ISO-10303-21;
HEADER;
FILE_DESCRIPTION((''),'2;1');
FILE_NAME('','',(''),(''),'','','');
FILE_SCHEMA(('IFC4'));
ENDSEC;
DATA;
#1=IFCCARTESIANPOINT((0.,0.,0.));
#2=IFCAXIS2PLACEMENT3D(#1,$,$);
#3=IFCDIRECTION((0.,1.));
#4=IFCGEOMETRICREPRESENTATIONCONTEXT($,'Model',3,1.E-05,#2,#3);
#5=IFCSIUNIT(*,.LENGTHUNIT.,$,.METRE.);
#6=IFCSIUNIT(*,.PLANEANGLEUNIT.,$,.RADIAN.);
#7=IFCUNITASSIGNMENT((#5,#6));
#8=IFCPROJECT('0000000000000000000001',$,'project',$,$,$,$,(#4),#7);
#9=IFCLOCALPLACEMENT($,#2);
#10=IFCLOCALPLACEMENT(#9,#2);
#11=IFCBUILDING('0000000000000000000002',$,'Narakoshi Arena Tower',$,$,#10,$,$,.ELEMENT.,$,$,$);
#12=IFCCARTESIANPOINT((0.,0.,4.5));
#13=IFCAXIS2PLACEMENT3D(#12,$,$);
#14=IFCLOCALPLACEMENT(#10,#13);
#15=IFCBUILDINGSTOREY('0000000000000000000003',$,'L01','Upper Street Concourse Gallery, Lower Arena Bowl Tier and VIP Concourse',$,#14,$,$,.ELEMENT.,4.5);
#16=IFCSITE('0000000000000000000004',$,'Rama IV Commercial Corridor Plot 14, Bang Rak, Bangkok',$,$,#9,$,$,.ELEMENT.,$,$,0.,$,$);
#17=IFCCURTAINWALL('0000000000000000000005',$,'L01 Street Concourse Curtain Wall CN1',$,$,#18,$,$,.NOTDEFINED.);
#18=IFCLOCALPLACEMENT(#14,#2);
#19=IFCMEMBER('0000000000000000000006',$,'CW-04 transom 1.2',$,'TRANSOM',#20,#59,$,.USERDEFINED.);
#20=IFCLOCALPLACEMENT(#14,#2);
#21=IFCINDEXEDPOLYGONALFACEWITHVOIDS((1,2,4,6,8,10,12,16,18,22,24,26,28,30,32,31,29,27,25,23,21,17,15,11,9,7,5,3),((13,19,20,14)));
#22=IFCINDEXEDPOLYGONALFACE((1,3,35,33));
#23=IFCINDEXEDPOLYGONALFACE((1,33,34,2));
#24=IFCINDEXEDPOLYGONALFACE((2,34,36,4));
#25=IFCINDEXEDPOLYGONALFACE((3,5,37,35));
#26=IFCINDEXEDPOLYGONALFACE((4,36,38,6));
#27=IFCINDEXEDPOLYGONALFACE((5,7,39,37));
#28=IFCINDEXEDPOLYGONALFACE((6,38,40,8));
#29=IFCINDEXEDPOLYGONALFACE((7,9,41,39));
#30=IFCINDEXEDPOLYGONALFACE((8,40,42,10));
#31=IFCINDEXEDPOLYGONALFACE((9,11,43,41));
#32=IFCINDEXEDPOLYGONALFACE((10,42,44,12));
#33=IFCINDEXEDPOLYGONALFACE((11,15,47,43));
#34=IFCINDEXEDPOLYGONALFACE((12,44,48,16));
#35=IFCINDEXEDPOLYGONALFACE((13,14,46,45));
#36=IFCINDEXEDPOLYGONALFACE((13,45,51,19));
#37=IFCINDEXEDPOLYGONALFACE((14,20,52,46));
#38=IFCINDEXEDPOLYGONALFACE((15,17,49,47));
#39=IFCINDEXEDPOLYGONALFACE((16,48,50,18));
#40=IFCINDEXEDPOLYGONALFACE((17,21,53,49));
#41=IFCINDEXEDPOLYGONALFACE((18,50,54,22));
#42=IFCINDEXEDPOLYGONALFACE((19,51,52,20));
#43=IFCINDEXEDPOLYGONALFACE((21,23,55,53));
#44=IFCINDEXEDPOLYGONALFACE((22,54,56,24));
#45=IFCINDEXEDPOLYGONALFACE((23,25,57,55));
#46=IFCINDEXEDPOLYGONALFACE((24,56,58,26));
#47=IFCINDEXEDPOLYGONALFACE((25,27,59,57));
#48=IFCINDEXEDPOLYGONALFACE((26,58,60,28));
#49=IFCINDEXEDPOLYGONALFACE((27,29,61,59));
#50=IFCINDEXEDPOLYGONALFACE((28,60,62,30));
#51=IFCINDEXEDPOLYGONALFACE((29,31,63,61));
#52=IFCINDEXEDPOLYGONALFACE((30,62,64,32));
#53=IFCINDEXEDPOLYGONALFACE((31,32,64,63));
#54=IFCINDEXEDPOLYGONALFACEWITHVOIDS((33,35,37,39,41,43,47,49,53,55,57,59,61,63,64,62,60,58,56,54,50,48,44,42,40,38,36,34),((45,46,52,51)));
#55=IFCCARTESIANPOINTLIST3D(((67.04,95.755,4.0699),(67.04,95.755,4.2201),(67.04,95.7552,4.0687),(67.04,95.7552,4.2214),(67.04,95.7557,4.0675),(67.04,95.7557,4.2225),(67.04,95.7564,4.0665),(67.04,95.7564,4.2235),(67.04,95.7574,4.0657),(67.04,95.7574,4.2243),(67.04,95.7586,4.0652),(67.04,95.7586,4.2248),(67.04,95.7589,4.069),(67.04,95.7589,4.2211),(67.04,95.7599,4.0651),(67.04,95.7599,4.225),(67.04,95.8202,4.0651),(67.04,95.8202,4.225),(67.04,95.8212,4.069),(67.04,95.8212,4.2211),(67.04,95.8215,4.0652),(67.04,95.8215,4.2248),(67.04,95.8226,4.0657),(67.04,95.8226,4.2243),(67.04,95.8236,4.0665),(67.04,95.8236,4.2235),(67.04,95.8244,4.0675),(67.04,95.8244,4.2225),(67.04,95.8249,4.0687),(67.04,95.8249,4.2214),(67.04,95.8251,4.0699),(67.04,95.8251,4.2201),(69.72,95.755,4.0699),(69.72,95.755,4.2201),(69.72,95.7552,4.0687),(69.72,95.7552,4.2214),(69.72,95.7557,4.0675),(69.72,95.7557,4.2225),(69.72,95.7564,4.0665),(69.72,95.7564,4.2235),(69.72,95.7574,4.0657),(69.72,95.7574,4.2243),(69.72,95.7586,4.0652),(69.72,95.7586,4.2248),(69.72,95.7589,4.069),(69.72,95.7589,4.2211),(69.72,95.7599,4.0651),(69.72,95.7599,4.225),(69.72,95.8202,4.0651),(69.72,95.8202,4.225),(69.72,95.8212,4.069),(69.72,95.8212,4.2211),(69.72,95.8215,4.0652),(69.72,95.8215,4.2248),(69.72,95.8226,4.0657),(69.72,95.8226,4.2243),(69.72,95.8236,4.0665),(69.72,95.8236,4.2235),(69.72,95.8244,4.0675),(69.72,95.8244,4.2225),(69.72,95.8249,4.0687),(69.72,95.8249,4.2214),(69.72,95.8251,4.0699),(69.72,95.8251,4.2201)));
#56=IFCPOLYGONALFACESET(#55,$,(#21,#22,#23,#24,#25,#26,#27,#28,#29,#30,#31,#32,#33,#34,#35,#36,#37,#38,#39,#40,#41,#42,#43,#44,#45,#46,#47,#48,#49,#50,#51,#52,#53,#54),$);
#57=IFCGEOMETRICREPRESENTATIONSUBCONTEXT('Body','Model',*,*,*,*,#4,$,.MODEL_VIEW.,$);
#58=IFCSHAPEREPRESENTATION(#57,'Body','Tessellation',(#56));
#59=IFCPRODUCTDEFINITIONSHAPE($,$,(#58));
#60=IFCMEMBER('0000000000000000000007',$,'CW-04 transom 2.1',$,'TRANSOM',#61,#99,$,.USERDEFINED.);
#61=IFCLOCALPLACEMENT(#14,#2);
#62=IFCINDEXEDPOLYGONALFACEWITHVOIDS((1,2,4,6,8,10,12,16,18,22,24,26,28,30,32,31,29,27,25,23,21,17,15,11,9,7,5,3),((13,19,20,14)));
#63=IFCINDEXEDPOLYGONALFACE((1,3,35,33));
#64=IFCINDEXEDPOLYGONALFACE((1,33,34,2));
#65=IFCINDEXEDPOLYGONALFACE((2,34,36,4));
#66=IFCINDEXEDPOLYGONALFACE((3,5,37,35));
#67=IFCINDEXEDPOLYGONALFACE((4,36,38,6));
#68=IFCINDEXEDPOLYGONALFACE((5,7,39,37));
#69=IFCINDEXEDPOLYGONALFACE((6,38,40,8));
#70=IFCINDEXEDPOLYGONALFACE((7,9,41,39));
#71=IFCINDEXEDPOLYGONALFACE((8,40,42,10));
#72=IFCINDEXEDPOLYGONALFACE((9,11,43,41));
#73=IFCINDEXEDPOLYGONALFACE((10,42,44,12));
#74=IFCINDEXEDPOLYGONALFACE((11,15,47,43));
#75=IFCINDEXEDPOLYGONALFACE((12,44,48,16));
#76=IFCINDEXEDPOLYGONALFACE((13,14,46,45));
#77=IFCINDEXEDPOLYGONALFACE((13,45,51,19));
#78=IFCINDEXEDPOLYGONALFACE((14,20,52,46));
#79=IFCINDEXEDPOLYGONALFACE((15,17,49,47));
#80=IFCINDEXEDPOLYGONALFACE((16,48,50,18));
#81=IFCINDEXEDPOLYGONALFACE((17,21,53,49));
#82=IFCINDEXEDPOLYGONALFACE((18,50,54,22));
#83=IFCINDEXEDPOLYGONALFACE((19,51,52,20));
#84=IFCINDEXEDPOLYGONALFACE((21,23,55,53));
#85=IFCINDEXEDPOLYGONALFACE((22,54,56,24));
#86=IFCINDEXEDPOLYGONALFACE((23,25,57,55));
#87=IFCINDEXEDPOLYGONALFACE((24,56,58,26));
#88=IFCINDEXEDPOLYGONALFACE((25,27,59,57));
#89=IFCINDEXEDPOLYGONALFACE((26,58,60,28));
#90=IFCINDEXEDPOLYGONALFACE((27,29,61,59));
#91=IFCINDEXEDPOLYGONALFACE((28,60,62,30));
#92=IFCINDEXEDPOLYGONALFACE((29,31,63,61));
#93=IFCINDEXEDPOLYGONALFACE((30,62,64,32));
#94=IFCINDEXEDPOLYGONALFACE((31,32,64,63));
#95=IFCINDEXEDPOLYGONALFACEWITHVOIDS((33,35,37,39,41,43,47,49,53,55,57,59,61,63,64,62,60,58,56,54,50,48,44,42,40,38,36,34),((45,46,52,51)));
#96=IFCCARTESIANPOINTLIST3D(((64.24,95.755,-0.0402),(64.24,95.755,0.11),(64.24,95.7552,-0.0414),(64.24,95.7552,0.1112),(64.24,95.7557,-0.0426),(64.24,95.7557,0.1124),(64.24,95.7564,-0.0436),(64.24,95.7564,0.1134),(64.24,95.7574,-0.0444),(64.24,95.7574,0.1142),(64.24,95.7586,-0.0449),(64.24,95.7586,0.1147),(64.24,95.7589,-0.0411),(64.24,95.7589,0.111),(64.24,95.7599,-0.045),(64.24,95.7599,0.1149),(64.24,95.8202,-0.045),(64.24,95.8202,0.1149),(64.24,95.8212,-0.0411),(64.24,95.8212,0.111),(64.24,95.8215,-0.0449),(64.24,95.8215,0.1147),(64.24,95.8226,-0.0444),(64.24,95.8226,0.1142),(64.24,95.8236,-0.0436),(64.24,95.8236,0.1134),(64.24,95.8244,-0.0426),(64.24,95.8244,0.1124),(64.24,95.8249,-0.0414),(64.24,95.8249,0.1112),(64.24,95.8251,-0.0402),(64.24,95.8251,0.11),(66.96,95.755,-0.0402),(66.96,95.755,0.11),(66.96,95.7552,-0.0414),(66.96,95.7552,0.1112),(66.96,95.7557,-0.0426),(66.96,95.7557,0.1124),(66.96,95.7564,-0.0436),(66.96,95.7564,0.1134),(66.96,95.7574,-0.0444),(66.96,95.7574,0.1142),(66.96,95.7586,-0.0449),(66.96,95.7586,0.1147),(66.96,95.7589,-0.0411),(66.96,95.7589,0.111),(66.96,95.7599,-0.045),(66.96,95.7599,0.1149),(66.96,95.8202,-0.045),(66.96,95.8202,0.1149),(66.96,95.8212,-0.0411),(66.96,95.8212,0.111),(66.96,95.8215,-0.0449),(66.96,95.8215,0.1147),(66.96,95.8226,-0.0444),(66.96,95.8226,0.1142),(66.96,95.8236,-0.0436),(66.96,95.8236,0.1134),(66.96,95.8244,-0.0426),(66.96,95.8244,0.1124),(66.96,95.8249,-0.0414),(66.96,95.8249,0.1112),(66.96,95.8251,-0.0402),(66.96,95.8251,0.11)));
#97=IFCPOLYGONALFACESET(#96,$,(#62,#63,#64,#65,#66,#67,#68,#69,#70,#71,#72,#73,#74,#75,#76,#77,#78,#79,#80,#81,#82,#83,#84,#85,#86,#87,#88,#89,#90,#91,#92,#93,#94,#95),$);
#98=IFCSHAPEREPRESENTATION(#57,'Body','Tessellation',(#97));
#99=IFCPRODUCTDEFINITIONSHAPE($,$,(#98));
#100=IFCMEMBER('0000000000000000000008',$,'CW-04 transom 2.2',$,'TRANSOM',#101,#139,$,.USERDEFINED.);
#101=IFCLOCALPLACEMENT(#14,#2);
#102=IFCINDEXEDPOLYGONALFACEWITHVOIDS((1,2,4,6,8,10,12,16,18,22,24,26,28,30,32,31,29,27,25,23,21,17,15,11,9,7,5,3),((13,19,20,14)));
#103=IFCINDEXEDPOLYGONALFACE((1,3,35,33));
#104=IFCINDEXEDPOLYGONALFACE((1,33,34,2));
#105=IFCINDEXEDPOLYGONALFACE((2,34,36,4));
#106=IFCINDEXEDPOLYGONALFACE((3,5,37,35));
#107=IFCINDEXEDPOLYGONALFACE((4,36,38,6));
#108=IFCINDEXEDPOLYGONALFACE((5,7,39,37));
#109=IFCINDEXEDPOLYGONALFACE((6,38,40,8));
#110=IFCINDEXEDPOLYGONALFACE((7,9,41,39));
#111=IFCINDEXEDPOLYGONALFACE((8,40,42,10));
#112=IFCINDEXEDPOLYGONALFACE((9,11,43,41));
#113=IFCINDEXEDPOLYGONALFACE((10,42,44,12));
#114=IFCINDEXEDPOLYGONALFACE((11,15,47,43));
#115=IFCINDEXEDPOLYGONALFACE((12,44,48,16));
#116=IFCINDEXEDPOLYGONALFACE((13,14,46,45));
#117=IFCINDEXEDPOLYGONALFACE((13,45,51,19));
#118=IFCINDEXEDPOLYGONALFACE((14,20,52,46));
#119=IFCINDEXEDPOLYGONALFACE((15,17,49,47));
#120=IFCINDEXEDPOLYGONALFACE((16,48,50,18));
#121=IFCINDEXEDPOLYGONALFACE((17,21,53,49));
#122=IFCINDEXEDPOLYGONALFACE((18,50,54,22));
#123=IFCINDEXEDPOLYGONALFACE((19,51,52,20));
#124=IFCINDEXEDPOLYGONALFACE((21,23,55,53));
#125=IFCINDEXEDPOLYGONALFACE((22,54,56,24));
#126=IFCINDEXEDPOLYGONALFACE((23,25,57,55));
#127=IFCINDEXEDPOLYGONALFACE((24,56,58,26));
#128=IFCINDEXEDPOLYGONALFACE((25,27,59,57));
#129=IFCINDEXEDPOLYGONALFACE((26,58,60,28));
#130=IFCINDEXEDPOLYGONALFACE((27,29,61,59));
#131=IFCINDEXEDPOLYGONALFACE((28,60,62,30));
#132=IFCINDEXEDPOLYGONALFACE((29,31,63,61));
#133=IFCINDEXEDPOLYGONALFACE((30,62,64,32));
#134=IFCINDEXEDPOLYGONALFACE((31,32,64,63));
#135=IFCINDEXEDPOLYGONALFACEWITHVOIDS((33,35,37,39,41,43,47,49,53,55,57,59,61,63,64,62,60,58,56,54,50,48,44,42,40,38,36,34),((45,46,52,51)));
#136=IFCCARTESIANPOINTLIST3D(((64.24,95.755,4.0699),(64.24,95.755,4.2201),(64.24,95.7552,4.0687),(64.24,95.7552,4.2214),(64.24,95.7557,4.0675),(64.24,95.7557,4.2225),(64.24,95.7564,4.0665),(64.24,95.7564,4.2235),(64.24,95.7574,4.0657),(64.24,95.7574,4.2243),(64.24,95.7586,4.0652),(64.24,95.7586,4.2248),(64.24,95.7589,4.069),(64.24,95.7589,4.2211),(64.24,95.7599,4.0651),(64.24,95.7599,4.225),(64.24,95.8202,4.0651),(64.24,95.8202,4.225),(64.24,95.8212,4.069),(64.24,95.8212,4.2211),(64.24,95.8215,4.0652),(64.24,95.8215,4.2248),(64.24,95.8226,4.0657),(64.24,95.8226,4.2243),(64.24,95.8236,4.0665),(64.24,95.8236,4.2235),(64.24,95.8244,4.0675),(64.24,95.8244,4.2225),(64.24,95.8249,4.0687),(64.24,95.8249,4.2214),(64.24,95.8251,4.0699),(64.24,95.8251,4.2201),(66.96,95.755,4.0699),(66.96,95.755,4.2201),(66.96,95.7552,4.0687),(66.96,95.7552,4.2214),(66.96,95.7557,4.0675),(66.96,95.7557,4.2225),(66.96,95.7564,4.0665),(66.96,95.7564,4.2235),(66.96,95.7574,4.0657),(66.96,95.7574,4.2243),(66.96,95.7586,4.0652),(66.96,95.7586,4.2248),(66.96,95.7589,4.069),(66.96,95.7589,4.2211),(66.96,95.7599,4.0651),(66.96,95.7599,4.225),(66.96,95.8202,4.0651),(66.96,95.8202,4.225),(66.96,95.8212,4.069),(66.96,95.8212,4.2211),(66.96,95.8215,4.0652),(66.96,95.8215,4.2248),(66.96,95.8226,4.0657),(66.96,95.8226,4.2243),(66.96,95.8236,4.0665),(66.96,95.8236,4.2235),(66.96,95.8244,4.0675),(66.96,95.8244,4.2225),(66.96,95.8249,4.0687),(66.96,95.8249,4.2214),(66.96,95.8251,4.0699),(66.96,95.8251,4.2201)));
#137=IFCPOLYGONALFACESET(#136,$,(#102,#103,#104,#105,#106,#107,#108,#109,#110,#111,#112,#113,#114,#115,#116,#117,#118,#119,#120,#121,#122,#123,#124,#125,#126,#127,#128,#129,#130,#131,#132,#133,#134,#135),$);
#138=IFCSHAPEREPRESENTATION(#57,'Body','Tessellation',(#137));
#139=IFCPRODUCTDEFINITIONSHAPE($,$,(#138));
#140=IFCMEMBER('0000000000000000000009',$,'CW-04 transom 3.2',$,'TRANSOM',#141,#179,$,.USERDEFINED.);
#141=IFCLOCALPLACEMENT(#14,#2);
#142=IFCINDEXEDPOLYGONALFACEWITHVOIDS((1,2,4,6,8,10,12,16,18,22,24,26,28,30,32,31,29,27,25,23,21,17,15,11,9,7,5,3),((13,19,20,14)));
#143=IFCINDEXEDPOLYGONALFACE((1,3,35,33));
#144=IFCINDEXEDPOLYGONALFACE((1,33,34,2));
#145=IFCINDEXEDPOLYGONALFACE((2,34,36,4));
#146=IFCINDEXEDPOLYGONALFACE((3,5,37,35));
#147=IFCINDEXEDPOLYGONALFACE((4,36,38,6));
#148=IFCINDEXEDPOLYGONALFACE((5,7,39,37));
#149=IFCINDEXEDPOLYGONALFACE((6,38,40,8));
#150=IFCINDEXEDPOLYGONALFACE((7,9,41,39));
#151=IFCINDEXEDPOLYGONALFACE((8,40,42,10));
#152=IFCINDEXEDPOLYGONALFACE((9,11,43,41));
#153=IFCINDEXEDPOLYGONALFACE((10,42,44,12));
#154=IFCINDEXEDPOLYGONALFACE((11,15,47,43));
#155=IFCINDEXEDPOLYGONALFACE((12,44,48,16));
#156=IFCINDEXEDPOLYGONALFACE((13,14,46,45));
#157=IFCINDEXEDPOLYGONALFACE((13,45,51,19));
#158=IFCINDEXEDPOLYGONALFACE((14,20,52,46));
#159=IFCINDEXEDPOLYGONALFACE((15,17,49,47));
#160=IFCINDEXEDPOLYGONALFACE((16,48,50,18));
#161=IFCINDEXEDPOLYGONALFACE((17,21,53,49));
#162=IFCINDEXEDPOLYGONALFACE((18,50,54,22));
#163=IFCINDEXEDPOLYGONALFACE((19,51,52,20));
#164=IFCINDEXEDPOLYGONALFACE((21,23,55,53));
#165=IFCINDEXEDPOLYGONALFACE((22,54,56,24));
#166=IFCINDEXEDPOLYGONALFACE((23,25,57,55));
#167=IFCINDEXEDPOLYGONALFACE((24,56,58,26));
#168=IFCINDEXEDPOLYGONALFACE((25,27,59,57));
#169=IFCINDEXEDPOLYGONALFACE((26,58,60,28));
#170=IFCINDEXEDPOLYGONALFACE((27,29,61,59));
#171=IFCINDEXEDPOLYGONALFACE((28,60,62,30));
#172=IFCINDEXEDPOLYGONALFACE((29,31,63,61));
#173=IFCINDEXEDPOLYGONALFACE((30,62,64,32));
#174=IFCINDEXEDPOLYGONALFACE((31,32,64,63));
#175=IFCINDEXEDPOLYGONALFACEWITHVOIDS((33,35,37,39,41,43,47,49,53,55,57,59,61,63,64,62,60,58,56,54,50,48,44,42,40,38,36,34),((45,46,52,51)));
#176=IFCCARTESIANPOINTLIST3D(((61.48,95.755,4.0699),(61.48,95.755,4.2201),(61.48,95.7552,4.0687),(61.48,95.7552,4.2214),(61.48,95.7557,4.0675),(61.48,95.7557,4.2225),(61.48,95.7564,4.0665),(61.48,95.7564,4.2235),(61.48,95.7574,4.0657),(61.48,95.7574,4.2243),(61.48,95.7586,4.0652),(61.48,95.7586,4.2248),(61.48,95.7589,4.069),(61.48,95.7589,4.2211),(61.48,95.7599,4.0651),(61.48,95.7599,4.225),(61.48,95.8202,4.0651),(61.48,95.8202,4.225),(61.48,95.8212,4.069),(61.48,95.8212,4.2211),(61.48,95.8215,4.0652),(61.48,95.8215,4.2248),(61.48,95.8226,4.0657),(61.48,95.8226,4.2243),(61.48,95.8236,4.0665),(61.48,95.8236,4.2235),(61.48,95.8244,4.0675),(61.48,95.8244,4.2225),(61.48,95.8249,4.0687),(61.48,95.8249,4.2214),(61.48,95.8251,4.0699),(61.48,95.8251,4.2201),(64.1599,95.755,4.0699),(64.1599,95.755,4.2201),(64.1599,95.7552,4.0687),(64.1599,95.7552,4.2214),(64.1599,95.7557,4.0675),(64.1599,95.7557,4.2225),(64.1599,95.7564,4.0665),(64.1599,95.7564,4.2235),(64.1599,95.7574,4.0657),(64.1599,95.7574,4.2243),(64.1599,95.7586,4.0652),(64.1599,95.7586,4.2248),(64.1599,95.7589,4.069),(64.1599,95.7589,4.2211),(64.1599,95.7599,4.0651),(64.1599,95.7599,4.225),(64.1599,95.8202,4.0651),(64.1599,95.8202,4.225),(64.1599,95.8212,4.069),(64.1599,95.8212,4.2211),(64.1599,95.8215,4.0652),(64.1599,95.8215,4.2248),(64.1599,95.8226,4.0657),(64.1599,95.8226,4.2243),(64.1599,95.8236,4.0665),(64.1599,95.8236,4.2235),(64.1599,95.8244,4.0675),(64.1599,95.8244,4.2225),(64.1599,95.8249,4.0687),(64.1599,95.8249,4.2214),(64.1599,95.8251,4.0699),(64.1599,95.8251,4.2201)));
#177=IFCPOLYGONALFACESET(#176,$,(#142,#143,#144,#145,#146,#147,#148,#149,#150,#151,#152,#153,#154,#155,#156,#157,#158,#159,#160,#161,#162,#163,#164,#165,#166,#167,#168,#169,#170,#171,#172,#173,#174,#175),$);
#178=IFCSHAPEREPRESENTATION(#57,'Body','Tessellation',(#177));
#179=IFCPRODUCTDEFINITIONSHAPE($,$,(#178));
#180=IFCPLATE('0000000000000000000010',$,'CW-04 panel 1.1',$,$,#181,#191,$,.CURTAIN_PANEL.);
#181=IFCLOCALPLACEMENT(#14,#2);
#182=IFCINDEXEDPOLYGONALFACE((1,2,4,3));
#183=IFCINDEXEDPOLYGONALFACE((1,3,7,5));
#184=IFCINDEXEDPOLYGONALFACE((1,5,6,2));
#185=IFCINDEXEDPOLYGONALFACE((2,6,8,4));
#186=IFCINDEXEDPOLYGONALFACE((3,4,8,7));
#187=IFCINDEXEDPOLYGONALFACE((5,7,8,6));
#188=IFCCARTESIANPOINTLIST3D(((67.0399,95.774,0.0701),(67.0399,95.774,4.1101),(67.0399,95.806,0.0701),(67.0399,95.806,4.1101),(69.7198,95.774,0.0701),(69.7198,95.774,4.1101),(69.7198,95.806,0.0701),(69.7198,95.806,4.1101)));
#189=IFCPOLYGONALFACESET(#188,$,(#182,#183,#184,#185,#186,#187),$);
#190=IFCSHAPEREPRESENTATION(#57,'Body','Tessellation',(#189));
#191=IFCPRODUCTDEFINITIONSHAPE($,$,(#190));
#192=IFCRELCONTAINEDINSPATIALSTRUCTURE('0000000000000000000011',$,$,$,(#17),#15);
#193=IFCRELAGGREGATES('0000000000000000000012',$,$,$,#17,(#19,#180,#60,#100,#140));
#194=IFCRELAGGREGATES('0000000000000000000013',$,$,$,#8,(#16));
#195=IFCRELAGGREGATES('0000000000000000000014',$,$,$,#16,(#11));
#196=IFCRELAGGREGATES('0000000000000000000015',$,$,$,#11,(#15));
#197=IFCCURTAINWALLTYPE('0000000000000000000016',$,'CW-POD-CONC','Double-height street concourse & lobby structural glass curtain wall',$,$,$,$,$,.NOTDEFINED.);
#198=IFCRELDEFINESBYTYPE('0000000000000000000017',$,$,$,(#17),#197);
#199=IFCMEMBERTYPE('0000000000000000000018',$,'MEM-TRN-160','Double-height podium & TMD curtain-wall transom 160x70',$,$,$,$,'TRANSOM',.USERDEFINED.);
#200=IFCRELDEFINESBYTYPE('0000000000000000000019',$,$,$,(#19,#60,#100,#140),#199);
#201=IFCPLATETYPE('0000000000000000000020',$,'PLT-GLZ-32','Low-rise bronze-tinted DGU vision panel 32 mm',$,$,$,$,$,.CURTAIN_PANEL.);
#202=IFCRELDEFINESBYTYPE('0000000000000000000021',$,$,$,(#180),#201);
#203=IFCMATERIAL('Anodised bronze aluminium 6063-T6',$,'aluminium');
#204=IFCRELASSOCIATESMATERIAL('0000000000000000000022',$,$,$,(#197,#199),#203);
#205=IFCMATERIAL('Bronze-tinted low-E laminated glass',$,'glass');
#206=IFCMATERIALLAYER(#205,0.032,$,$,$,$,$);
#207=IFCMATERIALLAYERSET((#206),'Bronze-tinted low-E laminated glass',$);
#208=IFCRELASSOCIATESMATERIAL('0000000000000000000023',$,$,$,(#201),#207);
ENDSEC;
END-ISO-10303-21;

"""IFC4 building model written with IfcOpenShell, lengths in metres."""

from ifc_helpers import new_model, si_unit, direction, frame, origin, origin_2d, place, context, subcontext, project, spatial, rectangle, hollow_rectangle, extrude, material, layer, layer_set, material_profile, profile_set, type_object, element, aggregate, save


model = new_model("IFC4")

# Units and contexts
model_context = context("Model", 3, precision=1e-05, world=origin(), true_north=direction((0.0, 1.0)))
body_context = subcontext(model_context, "Body", "Model", "MODEL_VIEW")
ifc_project = project(units=[si_unit("LENGTHUNIT", "METRE"), si_unit("PLANEANGLEUNIT", "RADIAN")], contexts=[model_context])

# Site, building, storey
site_placement = place(None, origin())
site = spatial("IfcSite", under=ifc_project, at=site_placement, Name="Rama IV Commercial Corridor Plot 14, Bang Rak, Bangkok", CompositionType="ELEMENT", RefElevation=0.0)
building_placement = place(site_placement, origin())
building = spatial("IfcBuilding", under=site, at=building_placement, Name="Narakoshi Arena Tower", CompositionType="ELEMENT")
storey_placement = place(building_placement, frame((0.0, 0.0, 4.5)))
storey = spatial("IfcBuildingStorey", under=building, at=storey_placement, Name="L01", Description="Upper Street Concourse Gallery, Lower Arena Bowl Tier and VIP Concourse", CompositionType="ELEMENT", Elevation=4.5)

# Curtain wall, members, plate
ifc_material_1 = material(Name="Anodised bronze aluminium 6063-T6", Category="aluminium")
curtain_wall_type = type_object("IfcCurtainWallType", Name="CW-POD-CONC", Description="Double-height street concourse & lobby structural glass curtain wall", PredefinedType="NOTDEFINED", material=ifc_material_1)
curtain_wall_placement = place(storey_placement, origin())
curtain_wall = element("IfcCurtainWall", 1, at=curtain_wall_placement, inside=storey, type_object=curtain_wall_type, Name="L01 Street Concourse Curtain Wall CN1", PredefinedType="NOTDEFINED")
ifc_material_profile_1 = material_profile(ifc_material_1, hollow_rectangle(XDim=0.0701, YDim=0.1599, WallThickness=0.0039, OuterFilletRadius=0.0049, at=origin_2d()), Name="TRN160x70x4")
ifc_profile_set_1 = profile_set([ifc_material_profile_1], Name="Anodised bronze aluminium 6063-T6")
member_type_1 = type_object("IfcMemberType", Name="MEM-TRN-160", Description="Double-height podium & TMD curtain-wall transom 160x70", ElementType="TRANSOM", PredefinedType="USERDEFINED", material=ifc_profile_set_1)
member_1_placement = place(storey_placement, frame((69.72, 95.79, 4.145), z_axis=(-1.0, 0.0, 0.0), x_axis=(0.0, -1.0, 0.0)))
member_1 = element("IfcMember", 2, at=member_1_placement, type_object=member_type_1, Name="CW-04 transom 1.2", ObjectType="TRANSOM", PredefinedType="USERDEFINED", context=body_context, shape_type="SweptSolid", body=[
    extrude(hollow_rectangle(XDim=0.0701, YDim=0.1599, WallThickness=0.0039, OuterFilletRadius=0.0049, at=origin_2d()), origin(), (0.0, 0.0, 1.0), 2.6799),
])
member_2_placement = place(storey_placement, frame((66.96, 95.79, 0.0349), z_axis=(-1.0, 0.0, 0.0), x_axis=(0.0, -1.0, 0.0)))
member_2 = element("IfcMember", 3, at=member_2_placement, type_object=member_type_1, Name="CW-04 transom 2.1", ObjectType="TRANSOM", PredefinedType="USERDEFINED", context=body_context, shape_type="SweptSolid", body=[
    extrude(hollow_rectangle(XDim=0.0701, YDim=0.1599, WallThickness=0.0039, OuterFilletRadius=0.0049, at=origin_2d()), origin(), (0.0, 0.0, 1.0), 2.72),
])
member_3_placement = place(storey_placement, frame((66.96, 95.79, 4.145), z_axis=(-1.0, 0.0, 0.0), x_axis=(0.0, -1.0, 0.0)))
member_3 = element("IfcMember", 4, at=member_3_placement, type_object=member_type_1, Name="CW-04 transom 2.2", ObjectType="TRANSOM", PredefinedType="USERDEFINED", context=body_context, shape_type="SweptSolid", body=[
    extrude(hollow_rectangle(XDim=0.0701, YDim=0.1599, WallThickness=0.0039, OuterFilletRadius=0.0049, at=origin_2d()), origin(), (0.0, 0.0, 1.0), 2.72),
])
member_4_placement = place(storey_placement, frame((64.1599, 95.79, 4.145), z_axis=(-1.0, 0.0, 0.0), x_axis=(0.0, -1.0, 0.0)))
member_4 = element("IfcMember", 5, at=member_4_placement, type_object=member_type_1, Name="CW-04 transom 3.2", ObjectType="TRANSOM", PredefinedType="USERDEFINED", context=body_context, shape_type="SweptSolid", body=[
    extrude(hollow_rectangle(XDim=0.0701, YDim=0.1599, WallThickness=0.0039, OuterFilletRadius=0.0049, at=origin_2d()), origin(), (0.0, 0.0, 1.0), 2.6799),
])
ifc_material_2 = material(Name="Bronze-tinted low-E laminated glass", Category="glass")
ifc_layer_1 = layer(ifc_material_2, 0.032)
ifc_layer_set_1 = layer_set([ifc_layer_1], Name="Bronze-tinted low-E laminated glass")
plate_type = type_object("IfcPlateType", Name="PLT-GLZ-32", Description="Low-rise bronze-tinted DGU vision panel 32 mm", PredefinedType="CURTAIN_PANEL", material=ifc_layer_set_1)
plate_1_placement = place(storey_placement, frame((68.3799, 95.79, 0.0701), z_axis=(0.0, 0.0, 1.0), x_axis=(-1.0, 0.0, 0.0)))
plate_1 = element("IfcPlate", 6, at=plate_1_placement, type_object=plate_type, Name="CW-04 panel 1.1", PredefinedType="CURTAIN_PANEL", context=body_context, shape_type="SweptSolid", body=[
    extrude(rectangle(XDim=2.6799, YDim=0.032, at=origin_2d()), origin(), (0.0, 0.0, 1.0), 4.04),
])
aggregate(curtain_wall, [member_1, plate_1, member_2, member_3, member_4])

save(model, "model.ifc")
